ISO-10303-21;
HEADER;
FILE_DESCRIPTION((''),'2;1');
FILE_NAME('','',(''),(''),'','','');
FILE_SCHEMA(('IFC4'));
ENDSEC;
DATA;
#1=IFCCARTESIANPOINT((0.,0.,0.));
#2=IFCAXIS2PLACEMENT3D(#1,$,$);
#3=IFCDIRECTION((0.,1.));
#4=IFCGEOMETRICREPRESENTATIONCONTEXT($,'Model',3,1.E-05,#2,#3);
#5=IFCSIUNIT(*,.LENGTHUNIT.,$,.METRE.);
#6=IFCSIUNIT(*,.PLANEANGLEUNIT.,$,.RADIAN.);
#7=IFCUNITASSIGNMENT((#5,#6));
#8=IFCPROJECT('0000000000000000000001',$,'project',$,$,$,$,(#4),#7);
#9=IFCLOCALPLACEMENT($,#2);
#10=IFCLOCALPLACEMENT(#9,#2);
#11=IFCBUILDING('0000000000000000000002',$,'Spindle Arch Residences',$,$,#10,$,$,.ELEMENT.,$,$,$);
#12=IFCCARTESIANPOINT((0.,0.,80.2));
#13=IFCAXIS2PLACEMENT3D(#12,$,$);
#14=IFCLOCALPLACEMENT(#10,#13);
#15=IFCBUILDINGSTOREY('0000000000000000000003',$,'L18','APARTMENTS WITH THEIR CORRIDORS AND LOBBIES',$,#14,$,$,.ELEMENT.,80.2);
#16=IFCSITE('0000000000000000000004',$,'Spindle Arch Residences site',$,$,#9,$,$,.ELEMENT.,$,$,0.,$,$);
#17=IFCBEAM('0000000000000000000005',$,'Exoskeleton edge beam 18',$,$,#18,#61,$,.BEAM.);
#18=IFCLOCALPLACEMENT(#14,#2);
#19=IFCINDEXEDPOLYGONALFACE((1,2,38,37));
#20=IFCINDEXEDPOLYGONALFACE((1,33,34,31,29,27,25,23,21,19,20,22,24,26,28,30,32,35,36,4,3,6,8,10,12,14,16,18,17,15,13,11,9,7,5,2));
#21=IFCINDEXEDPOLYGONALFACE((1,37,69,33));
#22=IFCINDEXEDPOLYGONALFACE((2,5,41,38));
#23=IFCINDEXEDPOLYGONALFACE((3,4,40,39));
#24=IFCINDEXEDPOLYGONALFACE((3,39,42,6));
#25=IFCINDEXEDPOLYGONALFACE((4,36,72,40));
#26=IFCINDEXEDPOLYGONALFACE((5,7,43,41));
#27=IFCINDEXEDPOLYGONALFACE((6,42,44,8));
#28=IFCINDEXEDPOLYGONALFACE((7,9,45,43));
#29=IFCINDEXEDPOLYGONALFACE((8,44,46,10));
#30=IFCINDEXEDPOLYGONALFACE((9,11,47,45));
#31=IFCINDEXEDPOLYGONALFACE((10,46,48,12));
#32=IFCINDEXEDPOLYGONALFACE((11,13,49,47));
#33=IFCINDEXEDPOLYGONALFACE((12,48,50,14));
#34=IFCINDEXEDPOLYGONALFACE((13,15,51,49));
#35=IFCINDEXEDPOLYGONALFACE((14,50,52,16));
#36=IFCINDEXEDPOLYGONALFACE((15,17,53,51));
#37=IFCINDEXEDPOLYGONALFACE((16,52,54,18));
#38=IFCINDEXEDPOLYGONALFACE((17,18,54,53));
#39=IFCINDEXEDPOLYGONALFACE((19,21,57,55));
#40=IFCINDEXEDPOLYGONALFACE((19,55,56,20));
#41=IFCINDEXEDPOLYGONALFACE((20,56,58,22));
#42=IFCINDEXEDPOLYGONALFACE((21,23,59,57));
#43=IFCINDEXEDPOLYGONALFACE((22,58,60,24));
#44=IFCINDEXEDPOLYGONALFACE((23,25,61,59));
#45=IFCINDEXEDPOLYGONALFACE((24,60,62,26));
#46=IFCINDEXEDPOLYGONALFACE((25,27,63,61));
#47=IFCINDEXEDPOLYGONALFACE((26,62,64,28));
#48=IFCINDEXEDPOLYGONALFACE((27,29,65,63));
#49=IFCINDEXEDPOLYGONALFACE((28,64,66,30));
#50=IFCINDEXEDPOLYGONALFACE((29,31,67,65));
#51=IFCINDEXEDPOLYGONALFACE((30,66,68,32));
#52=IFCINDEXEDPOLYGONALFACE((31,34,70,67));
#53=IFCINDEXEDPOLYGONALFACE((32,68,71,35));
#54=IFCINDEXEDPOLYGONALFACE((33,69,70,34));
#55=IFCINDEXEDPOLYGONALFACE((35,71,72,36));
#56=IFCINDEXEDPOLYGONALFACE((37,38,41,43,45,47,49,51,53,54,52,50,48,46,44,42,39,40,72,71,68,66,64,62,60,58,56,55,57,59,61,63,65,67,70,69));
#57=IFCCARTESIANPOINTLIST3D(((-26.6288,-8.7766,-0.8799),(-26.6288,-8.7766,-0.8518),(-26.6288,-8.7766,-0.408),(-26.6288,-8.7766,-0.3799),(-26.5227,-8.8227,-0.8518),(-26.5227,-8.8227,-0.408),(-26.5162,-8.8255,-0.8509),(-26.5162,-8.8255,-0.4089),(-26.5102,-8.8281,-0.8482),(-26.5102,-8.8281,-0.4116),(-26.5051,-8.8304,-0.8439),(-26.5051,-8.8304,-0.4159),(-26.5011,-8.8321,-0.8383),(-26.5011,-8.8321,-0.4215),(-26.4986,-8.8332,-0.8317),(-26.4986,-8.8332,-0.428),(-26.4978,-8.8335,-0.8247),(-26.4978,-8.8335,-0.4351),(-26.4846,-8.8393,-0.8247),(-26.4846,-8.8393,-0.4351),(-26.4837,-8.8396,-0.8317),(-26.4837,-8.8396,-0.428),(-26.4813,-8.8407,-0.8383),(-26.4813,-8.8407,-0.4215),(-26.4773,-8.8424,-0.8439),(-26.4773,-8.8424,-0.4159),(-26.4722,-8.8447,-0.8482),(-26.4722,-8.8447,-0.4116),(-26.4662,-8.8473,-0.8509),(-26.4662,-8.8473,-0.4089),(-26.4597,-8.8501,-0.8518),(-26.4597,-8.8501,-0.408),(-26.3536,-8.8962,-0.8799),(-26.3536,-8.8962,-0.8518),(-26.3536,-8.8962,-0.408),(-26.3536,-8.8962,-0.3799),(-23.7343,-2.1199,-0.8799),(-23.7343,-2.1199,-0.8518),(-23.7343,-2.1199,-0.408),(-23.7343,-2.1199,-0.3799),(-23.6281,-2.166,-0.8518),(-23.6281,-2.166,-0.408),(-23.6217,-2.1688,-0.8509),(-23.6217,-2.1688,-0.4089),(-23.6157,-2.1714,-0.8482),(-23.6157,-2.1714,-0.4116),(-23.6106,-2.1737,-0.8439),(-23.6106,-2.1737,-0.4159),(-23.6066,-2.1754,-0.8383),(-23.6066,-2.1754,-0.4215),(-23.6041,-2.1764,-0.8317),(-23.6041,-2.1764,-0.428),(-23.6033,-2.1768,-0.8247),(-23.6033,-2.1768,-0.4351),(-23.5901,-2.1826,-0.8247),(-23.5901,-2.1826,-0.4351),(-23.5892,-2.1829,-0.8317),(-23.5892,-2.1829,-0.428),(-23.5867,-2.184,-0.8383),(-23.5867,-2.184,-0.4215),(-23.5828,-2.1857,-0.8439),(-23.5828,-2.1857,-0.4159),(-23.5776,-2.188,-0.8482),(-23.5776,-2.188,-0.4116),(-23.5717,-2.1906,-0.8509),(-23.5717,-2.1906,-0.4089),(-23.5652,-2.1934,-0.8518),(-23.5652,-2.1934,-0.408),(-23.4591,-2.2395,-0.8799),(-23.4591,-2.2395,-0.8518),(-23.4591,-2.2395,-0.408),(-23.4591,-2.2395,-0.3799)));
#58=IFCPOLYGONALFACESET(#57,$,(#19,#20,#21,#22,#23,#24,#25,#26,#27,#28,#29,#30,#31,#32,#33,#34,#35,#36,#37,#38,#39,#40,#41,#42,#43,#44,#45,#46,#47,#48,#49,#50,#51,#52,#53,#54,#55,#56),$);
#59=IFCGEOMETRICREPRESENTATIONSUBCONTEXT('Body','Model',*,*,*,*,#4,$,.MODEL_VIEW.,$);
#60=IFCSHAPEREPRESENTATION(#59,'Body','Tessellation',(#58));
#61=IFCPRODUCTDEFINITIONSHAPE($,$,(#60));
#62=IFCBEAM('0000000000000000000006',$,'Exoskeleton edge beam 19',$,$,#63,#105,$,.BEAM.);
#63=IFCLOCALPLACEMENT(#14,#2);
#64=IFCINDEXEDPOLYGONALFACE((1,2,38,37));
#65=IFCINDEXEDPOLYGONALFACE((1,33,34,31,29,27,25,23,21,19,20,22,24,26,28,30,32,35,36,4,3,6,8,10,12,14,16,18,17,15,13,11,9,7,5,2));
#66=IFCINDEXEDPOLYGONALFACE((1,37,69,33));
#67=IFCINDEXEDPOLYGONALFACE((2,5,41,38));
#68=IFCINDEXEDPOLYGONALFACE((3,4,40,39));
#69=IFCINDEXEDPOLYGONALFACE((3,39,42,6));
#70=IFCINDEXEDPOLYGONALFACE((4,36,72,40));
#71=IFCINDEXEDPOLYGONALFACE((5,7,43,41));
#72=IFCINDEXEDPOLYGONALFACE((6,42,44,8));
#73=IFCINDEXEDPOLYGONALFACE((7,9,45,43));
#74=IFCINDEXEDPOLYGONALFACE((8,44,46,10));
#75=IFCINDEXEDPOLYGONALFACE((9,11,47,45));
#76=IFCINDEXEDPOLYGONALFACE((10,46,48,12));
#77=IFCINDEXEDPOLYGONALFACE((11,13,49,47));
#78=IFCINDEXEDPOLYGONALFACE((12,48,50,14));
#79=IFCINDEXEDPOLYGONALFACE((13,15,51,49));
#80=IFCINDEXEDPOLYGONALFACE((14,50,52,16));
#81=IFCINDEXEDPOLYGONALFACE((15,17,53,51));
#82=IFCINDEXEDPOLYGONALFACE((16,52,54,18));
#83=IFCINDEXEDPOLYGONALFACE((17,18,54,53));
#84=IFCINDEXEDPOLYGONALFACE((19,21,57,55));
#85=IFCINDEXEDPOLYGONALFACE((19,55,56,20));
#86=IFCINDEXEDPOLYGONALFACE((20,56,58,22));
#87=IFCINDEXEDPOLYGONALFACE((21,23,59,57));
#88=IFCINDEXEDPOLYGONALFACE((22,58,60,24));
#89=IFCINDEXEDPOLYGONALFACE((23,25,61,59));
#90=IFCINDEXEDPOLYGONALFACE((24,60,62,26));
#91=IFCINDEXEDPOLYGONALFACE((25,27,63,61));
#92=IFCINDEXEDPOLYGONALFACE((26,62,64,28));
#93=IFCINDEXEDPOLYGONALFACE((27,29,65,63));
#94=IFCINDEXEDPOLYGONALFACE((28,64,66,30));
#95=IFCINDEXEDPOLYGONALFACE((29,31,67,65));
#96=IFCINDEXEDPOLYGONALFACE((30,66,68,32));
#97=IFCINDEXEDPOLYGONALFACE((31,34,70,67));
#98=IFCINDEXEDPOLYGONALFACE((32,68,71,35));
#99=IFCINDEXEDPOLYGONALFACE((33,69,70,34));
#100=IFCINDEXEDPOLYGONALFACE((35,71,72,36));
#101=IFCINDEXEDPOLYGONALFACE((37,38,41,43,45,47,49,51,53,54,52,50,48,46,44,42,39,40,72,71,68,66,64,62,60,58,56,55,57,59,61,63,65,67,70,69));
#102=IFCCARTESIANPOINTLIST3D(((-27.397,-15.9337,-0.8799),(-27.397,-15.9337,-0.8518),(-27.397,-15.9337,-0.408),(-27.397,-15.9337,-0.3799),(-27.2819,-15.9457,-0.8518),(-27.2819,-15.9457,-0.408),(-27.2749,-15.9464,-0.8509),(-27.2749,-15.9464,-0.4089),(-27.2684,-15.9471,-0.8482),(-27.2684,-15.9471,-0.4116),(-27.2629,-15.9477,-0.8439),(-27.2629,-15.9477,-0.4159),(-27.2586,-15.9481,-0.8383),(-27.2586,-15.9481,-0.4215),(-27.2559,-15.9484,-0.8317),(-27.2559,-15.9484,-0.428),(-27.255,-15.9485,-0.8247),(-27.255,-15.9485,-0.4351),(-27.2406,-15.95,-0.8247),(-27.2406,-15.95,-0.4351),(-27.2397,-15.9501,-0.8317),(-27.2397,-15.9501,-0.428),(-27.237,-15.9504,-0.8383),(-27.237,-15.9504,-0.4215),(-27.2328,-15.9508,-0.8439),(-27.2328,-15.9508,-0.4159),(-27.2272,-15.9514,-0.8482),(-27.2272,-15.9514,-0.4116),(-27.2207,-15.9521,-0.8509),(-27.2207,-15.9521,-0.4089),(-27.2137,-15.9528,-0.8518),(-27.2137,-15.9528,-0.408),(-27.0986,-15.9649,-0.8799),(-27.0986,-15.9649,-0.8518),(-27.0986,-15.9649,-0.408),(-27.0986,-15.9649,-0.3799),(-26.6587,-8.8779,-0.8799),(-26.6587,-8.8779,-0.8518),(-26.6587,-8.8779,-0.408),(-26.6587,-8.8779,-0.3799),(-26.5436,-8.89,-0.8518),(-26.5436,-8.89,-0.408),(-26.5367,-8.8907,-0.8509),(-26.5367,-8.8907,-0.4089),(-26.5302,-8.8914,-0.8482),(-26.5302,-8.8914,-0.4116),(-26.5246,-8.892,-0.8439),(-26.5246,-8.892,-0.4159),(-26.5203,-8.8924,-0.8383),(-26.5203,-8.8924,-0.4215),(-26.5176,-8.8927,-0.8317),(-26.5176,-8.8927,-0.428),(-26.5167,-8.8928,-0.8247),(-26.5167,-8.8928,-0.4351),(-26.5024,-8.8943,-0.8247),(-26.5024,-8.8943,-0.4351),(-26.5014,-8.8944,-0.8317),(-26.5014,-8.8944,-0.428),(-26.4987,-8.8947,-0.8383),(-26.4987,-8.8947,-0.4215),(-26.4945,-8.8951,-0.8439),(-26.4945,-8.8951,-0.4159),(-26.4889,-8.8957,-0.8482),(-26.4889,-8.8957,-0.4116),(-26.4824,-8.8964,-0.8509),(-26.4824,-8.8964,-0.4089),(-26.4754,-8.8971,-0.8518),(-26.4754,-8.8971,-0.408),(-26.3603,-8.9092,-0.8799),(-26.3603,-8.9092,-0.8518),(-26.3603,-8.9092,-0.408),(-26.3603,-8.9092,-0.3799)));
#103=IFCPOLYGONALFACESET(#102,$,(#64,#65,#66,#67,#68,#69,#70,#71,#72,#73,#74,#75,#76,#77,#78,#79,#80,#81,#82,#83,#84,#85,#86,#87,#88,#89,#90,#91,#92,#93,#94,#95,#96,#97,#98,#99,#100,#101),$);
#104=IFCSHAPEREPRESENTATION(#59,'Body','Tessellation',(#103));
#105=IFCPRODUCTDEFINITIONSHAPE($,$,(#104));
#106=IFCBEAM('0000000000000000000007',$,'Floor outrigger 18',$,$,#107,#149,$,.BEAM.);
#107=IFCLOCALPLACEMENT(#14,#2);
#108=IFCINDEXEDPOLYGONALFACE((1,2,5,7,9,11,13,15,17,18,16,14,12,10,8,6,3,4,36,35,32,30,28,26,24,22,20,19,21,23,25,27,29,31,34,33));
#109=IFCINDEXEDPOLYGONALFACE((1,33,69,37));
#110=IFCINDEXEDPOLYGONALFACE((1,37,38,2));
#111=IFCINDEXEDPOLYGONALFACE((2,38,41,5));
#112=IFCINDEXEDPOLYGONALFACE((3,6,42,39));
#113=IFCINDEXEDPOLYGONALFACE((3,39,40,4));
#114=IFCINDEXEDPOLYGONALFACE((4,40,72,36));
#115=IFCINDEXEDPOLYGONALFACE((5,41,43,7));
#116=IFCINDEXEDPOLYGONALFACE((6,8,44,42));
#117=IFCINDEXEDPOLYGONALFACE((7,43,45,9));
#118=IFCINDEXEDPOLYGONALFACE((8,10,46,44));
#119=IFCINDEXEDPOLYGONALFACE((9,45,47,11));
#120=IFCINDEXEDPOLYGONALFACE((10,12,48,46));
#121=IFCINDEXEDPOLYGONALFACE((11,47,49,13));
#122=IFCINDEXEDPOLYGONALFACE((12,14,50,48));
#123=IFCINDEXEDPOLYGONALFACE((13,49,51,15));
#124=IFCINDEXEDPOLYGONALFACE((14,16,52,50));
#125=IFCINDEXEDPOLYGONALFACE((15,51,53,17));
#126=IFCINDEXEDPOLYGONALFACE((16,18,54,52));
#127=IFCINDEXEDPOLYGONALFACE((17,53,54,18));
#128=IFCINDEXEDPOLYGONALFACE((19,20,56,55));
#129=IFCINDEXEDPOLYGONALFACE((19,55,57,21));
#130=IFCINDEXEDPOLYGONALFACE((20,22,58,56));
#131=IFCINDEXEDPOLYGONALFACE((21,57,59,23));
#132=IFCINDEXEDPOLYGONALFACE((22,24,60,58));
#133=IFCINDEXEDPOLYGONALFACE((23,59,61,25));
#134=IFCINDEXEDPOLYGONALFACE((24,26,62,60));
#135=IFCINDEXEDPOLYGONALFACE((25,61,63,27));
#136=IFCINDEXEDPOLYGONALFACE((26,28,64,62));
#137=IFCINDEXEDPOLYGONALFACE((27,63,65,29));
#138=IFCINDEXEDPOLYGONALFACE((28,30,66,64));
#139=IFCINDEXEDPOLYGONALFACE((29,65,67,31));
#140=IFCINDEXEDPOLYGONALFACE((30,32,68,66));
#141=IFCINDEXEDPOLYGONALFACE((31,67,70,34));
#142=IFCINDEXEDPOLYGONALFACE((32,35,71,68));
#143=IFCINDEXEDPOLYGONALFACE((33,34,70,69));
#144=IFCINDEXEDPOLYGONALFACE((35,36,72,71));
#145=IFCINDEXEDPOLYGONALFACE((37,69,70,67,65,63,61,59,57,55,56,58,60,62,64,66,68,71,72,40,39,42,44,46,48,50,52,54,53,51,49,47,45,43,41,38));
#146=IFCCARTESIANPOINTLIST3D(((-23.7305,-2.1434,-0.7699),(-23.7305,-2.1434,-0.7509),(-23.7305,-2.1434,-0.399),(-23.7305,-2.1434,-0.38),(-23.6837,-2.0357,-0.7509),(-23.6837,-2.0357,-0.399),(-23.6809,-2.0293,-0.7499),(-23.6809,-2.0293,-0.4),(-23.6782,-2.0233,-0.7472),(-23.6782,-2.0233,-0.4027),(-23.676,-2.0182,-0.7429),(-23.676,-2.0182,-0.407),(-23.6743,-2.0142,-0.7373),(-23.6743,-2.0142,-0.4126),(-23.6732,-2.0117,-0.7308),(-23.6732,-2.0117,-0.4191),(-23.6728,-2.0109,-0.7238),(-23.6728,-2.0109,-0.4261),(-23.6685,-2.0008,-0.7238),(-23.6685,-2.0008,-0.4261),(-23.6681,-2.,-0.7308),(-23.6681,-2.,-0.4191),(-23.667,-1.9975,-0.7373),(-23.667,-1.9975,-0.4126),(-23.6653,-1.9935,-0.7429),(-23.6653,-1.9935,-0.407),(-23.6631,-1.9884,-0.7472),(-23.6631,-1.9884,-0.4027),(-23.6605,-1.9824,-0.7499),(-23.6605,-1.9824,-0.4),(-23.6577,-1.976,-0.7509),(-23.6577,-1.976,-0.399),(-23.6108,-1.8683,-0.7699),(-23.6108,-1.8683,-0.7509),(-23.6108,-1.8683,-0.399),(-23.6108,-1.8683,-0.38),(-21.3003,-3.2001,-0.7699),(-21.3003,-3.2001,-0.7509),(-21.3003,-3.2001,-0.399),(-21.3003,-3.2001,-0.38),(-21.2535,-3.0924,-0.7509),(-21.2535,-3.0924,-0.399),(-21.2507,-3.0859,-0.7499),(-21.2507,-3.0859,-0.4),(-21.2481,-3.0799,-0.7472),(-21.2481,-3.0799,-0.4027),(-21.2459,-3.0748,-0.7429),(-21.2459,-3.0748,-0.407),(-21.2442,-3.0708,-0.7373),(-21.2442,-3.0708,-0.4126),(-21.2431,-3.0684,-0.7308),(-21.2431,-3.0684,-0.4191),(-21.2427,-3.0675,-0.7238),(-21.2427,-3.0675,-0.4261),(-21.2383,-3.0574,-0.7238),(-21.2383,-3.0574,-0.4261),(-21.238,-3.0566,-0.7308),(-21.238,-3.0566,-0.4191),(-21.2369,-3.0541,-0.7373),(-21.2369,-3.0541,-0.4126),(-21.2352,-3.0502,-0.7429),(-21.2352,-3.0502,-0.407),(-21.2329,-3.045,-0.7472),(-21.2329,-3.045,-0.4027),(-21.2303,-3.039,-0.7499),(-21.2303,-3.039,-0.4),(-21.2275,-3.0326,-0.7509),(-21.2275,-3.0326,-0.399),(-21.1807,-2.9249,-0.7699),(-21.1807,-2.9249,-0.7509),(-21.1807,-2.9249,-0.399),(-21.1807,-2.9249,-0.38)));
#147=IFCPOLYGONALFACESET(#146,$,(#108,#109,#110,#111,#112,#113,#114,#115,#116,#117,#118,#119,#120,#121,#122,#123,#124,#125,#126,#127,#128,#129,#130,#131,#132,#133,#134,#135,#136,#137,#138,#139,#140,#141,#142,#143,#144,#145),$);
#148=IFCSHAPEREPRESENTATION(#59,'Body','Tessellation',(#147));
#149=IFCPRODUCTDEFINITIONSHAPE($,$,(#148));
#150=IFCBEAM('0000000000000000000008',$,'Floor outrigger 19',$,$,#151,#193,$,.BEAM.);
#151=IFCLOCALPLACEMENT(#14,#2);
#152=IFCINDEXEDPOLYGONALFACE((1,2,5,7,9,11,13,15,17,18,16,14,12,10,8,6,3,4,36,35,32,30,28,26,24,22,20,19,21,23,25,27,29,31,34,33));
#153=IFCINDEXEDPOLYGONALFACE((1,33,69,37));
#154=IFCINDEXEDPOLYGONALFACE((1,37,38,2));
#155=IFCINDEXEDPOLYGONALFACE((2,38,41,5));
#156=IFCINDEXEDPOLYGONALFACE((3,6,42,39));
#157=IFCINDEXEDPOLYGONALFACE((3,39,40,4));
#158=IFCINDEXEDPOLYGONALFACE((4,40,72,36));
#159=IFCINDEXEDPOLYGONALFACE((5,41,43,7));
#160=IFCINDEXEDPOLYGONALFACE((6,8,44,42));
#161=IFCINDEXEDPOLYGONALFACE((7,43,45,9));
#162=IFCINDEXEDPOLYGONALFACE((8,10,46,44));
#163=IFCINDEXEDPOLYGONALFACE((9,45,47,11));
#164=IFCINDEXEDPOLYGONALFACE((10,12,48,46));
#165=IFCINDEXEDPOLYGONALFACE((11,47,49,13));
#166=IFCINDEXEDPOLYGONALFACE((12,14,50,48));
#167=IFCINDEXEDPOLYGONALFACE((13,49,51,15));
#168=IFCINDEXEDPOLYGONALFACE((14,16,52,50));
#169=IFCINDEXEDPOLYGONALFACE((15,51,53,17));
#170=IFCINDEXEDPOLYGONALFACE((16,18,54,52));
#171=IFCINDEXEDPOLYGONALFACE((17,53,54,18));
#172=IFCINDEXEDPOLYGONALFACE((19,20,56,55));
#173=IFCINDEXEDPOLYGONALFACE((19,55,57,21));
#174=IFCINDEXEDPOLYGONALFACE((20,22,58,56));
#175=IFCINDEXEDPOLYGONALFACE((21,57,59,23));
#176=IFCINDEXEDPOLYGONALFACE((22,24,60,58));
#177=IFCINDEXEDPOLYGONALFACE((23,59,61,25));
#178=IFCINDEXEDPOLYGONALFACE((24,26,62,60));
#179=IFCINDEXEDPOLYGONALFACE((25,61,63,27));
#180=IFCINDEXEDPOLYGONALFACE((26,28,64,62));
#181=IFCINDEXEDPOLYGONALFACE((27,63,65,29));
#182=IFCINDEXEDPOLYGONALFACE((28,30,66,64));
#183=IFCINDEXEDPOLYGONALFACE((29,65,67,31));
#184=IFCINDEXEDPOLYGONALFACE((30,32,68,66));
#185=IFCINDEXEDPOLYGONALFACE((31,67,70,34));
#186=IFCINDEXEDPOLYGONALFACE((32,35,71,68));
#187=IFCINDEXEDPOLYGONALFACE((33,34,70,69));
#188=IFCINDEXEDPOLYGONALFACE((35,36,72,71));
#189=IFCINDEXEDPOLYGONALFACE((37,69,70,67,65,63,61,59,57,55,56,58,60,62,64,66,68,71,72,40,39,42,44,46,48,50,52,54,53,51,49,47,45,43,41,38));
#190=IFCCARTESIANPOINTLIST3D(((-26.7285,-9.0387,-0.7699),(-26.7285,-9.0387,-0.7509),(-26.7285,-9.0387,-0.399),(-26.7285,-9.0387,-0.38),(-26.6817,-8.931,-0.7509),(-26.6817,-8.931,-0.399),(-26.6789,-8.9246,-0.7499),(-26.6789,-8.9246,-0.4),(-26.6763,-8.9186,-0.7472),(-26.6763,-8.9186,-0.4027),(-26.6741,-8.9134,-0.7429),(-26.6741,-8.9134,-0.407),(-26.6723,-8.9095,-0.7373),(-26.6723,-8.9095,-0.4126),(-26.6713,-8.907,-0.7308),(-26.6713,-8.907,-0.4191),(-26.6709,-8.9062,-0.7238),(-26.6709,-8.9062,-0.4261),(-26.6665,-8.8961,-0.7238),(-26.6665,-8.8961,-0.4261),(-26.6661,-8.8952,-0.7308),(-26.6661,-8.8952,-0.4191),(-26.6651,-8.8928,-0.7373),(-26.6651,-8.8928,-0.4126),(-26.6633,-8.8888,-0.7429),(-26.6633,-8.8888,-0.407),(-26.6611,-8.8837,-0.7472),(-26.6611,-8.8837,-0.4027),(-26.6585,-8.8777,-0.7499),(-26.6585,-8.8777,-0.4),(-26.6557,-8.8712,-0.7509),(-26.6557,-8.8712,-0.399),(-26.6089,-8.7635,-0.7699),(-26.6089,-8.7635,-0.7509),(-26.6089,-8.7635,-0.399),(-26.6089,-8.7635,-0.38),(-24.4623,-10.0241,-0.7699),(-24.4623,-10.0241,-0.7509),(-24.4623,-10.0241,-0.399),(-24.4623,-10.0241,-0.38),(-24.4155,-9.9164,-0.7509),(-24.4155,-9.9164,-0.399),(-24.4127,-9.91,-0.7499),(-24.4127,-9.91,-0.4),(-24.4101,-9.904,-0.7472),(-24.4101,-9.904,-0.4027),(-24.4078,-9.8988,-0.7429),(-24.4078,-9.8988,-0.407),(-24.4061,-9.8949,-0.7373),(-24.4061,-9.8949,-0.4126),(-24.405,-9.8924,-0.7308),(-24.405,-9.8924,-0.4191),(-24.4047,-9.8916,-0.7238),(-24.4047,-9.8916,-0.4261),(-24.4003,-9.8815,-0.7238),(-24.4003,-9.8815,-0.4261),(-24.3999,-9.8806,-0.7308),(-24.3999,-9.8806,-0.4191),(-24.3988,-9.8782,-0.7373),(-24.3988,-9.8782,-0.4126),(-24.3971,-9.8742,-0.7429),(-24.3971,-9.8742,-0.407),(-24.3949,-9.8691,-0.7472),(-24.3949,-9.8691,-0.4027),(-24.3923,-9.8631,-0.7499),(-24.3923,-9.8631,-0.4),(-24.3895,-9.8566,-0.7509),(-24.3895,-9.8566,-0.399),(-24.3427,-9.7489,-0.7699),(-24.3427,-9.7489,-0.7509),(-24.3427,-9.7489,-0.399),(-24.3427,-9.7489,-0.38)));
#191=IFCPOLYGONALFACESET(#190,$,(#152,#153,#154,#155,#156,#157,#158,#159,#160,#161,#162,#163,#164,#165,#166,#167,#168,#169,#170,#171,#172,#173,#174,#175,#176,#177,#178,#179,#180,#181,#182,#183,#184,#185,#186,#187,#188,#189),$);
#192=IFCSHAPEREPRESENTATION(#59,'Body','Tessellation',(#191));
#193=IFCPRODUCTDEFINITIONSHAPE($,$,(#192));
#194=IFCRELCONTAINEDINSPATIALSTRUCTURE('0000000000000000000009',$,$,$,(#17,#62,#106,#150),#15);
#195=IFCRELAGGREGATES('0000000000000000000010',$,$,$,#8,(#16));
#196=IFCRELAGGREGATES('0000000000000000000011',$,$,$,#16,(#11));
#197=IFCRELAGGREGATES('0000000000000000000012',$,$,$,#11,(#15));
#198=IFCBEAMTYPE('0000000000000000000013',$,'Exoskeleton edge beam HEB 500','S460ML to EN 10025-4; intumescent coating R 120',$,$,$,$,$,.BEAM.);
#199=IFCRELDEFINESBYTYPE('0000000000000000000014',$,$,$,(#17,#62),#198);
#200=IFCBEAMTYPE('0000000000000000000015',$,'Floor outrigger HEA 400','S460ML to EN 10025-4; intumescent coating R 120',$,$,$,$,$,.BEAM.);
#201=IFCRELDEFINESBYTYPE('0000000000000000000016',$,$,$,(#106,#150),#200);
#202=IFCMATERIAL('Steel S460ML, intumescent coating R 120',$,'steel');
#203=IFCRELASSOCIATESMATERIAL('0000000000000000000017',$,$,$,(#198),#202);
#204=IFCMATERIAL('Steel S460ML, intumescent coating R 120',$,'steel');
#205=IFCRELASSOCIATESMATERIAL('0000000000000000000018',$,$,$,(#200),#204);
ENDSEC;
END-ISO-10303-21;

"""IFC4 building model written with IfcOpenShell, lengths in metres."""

from ifc_helpers import new_model, si_unit, direction, frame, origin, origin_2d, place, context, subcontext, project, spatial, i_section, extrude, material, material_profile, profile_set, type_object, element, save


model = new_model("IFC4")

# Units and contexts
model_context = context("Model", 3, precision=1e-05, world=origin(), true_north=direction((0.0, 1.0)))
body_context = subcontext(model_context, "Body", "Model", "MODEL_VIEW")
ifc_project = project(units=[si_unit("LENGTHUNIT", "METRE"), si_unit("PLANEANGLEUNIT", "RADIAN")], contexts=[model_context])

# Site, building, storey
site_placement = place(None, origin())
site = spatial("IfcSite", under=ifc_project, at=site_placement, Name="Spindle Arch Residences site", CompositionType="ELEMENT", RefElevation=0.0)
building_placement = place(site_placement, origin())
building = spatial("IfcBuilding", under=site, at=building_placement, Name="Spindle Arch Residences", CompositionType="ELEMENT")
storey_placement = place(building_placement, frame((0.0, 0.0, 80.2)))
storey = spatial("IfcBuildingStorey", under=building, at=storey_placement, Name="L18", Description="APARTMENTS WITH THEIR CORRIDORS AND LOBBIES", CompositionType="ELEMENT", Elevation=80.2)

# Beams
ifc_material_1 = material(Name="Steel S460ML, intumescent coating R 120", Category="steel")
ifc_material_profile_1 = material_profile(ifc_material_1, i_section(OverallWidth=0.3, OverallDepth=0.5, WebThickness=0.0144, FlangeThickness=0.0281, FilletRadius=0.0271, at=origin_2d()), Name="HEB 500")
ifc_profile_set_1 = profile_set([ifc_material_profile_1], Name="Steel S460ML, intumescent coating R 120")
beam_type_1 = type_object("IfcBeamType", Name="Exoskeleton edge beam HEB 500", Description="S460ML to EN 10025-4; intumescent coating R 120", PredefinedType="BEAM", material=ifc_profile_set_1)
beam_1_placement = place(storey_placement, frame((-23.5967, -2.1797, -0.6299), z_axis=(-0.398761, -0.917055, 0.0), x_axis=(0.917055, -0.398761, 0.0)))
element("IfcBeam", 1, at=beam_1_placement, inside=storey, type_object=beam_type_1, Name="Exoskeleton edge beam 18", PredefinedType="BEAM", context=body_context, shape_type="SweptSolid", body=[
    extrude(i_section(OverallWidth=0.3, OverallDepth=0.5, WebThickness=0.0144, FlangeThickness=0.0281, FilletRadius=0.0271, at=origin_2d()), origin(), (0.0, 0.0, 1.0), 7.2588),
])
beam_2_placement = place(storey_placement, frame((-26.5095, -8.8936, -0.6299), z_axis=(-0.104069, -0.99457, 0.0), x_axis=(0.99457, -0.104069, 0.0)))
element("IfcBeam", 2, at=beam_2_placement, inside=storey, type_object=beam_type_1, Name="Exoskeleton edge beam 19", PredefinedType="BEAM", context=body_context, shape_type="SweptSolid", body=[
    extrude(i_section(OverallWidth=0.3, OverallDepth=0.5, WebThickness=0.0144, FlangeThickness=0.0281, FilletRadius=0.0271, at=origin_2d()), origin(), (0.0, 0.0, 1.0), 7.0942),
])
ifc_material_2 = material(Name="Steel S460ML, intumescent coating R 120", Category="steel")
ifc_material_profile_2 = material_profile(ifc_material_2, i_section(OverallWidth=0.3, OverallDepth=0.3899, WebThickness=0.011, FlangeThickness=0.019, FilletRadius=0.0271, at=origin_2d()), Name="HEA 400")
ifc_profile_set_2 = profile_set([ifc_material_profile_2], Name="Steel S460ML, intumescent coating R 120")
beam_type_2 = type_object("IfcBeamType", Name="Floor outrigger HEA 400", Description="S460ML to EN 10025-4; intumescent coating R 120", PredefinedType="BEAM", material=ifc_profile_set_2)
beam_3_placement = place(storey_placement, frame((-23.6707, -2.0059, -0.575), z_axis=(0.917064, -0.39874, 0.0), x_axis=(0.39874, 0.917064, 0.0)))
element("IfcBeam", 3, at=beam_3_placement, inside=storey, type_object=beam_type_2, Name="Floor outrigger 18", PredefinedType="BEAM", context=body_context, shape_type="SweptSolid", body=[
    extrude(i_section(OverallWidth=0.3, OverallDepth=0.3899, WebThickness=0.011, FlangeThickness=0.019, FilletRadius=0.0271, at=origin_2d()), origin(), (0.0, 0.0, 1.0), 2.6499),
])
beam_4_placement = place(storey_placement, frame((-26.6687, -8.9011, -0.575), z_axis=(0.917057, -0.398755, 0.0), x_axis=(0.398755, 0.917057, 0.0)))
element("IfcBeam", 4, at=beam_4_placement, inside=storey, type_object=beam_type_2, Name="Floor outrigger 19", PredefinedType="BEAM", context=body_context, shape_type="SweptSolid", body=[
    extrude(i_section(OverallWidth=0.3, OverallDepth=0.3899, WebThickness=0.011, FlangeThickness=0.019, FilletRadius=0.0271, at=origin_2d()), origin(), (0.0, 0.0, 1.0), 2.4712),
])

save(model, "model.ifc")
